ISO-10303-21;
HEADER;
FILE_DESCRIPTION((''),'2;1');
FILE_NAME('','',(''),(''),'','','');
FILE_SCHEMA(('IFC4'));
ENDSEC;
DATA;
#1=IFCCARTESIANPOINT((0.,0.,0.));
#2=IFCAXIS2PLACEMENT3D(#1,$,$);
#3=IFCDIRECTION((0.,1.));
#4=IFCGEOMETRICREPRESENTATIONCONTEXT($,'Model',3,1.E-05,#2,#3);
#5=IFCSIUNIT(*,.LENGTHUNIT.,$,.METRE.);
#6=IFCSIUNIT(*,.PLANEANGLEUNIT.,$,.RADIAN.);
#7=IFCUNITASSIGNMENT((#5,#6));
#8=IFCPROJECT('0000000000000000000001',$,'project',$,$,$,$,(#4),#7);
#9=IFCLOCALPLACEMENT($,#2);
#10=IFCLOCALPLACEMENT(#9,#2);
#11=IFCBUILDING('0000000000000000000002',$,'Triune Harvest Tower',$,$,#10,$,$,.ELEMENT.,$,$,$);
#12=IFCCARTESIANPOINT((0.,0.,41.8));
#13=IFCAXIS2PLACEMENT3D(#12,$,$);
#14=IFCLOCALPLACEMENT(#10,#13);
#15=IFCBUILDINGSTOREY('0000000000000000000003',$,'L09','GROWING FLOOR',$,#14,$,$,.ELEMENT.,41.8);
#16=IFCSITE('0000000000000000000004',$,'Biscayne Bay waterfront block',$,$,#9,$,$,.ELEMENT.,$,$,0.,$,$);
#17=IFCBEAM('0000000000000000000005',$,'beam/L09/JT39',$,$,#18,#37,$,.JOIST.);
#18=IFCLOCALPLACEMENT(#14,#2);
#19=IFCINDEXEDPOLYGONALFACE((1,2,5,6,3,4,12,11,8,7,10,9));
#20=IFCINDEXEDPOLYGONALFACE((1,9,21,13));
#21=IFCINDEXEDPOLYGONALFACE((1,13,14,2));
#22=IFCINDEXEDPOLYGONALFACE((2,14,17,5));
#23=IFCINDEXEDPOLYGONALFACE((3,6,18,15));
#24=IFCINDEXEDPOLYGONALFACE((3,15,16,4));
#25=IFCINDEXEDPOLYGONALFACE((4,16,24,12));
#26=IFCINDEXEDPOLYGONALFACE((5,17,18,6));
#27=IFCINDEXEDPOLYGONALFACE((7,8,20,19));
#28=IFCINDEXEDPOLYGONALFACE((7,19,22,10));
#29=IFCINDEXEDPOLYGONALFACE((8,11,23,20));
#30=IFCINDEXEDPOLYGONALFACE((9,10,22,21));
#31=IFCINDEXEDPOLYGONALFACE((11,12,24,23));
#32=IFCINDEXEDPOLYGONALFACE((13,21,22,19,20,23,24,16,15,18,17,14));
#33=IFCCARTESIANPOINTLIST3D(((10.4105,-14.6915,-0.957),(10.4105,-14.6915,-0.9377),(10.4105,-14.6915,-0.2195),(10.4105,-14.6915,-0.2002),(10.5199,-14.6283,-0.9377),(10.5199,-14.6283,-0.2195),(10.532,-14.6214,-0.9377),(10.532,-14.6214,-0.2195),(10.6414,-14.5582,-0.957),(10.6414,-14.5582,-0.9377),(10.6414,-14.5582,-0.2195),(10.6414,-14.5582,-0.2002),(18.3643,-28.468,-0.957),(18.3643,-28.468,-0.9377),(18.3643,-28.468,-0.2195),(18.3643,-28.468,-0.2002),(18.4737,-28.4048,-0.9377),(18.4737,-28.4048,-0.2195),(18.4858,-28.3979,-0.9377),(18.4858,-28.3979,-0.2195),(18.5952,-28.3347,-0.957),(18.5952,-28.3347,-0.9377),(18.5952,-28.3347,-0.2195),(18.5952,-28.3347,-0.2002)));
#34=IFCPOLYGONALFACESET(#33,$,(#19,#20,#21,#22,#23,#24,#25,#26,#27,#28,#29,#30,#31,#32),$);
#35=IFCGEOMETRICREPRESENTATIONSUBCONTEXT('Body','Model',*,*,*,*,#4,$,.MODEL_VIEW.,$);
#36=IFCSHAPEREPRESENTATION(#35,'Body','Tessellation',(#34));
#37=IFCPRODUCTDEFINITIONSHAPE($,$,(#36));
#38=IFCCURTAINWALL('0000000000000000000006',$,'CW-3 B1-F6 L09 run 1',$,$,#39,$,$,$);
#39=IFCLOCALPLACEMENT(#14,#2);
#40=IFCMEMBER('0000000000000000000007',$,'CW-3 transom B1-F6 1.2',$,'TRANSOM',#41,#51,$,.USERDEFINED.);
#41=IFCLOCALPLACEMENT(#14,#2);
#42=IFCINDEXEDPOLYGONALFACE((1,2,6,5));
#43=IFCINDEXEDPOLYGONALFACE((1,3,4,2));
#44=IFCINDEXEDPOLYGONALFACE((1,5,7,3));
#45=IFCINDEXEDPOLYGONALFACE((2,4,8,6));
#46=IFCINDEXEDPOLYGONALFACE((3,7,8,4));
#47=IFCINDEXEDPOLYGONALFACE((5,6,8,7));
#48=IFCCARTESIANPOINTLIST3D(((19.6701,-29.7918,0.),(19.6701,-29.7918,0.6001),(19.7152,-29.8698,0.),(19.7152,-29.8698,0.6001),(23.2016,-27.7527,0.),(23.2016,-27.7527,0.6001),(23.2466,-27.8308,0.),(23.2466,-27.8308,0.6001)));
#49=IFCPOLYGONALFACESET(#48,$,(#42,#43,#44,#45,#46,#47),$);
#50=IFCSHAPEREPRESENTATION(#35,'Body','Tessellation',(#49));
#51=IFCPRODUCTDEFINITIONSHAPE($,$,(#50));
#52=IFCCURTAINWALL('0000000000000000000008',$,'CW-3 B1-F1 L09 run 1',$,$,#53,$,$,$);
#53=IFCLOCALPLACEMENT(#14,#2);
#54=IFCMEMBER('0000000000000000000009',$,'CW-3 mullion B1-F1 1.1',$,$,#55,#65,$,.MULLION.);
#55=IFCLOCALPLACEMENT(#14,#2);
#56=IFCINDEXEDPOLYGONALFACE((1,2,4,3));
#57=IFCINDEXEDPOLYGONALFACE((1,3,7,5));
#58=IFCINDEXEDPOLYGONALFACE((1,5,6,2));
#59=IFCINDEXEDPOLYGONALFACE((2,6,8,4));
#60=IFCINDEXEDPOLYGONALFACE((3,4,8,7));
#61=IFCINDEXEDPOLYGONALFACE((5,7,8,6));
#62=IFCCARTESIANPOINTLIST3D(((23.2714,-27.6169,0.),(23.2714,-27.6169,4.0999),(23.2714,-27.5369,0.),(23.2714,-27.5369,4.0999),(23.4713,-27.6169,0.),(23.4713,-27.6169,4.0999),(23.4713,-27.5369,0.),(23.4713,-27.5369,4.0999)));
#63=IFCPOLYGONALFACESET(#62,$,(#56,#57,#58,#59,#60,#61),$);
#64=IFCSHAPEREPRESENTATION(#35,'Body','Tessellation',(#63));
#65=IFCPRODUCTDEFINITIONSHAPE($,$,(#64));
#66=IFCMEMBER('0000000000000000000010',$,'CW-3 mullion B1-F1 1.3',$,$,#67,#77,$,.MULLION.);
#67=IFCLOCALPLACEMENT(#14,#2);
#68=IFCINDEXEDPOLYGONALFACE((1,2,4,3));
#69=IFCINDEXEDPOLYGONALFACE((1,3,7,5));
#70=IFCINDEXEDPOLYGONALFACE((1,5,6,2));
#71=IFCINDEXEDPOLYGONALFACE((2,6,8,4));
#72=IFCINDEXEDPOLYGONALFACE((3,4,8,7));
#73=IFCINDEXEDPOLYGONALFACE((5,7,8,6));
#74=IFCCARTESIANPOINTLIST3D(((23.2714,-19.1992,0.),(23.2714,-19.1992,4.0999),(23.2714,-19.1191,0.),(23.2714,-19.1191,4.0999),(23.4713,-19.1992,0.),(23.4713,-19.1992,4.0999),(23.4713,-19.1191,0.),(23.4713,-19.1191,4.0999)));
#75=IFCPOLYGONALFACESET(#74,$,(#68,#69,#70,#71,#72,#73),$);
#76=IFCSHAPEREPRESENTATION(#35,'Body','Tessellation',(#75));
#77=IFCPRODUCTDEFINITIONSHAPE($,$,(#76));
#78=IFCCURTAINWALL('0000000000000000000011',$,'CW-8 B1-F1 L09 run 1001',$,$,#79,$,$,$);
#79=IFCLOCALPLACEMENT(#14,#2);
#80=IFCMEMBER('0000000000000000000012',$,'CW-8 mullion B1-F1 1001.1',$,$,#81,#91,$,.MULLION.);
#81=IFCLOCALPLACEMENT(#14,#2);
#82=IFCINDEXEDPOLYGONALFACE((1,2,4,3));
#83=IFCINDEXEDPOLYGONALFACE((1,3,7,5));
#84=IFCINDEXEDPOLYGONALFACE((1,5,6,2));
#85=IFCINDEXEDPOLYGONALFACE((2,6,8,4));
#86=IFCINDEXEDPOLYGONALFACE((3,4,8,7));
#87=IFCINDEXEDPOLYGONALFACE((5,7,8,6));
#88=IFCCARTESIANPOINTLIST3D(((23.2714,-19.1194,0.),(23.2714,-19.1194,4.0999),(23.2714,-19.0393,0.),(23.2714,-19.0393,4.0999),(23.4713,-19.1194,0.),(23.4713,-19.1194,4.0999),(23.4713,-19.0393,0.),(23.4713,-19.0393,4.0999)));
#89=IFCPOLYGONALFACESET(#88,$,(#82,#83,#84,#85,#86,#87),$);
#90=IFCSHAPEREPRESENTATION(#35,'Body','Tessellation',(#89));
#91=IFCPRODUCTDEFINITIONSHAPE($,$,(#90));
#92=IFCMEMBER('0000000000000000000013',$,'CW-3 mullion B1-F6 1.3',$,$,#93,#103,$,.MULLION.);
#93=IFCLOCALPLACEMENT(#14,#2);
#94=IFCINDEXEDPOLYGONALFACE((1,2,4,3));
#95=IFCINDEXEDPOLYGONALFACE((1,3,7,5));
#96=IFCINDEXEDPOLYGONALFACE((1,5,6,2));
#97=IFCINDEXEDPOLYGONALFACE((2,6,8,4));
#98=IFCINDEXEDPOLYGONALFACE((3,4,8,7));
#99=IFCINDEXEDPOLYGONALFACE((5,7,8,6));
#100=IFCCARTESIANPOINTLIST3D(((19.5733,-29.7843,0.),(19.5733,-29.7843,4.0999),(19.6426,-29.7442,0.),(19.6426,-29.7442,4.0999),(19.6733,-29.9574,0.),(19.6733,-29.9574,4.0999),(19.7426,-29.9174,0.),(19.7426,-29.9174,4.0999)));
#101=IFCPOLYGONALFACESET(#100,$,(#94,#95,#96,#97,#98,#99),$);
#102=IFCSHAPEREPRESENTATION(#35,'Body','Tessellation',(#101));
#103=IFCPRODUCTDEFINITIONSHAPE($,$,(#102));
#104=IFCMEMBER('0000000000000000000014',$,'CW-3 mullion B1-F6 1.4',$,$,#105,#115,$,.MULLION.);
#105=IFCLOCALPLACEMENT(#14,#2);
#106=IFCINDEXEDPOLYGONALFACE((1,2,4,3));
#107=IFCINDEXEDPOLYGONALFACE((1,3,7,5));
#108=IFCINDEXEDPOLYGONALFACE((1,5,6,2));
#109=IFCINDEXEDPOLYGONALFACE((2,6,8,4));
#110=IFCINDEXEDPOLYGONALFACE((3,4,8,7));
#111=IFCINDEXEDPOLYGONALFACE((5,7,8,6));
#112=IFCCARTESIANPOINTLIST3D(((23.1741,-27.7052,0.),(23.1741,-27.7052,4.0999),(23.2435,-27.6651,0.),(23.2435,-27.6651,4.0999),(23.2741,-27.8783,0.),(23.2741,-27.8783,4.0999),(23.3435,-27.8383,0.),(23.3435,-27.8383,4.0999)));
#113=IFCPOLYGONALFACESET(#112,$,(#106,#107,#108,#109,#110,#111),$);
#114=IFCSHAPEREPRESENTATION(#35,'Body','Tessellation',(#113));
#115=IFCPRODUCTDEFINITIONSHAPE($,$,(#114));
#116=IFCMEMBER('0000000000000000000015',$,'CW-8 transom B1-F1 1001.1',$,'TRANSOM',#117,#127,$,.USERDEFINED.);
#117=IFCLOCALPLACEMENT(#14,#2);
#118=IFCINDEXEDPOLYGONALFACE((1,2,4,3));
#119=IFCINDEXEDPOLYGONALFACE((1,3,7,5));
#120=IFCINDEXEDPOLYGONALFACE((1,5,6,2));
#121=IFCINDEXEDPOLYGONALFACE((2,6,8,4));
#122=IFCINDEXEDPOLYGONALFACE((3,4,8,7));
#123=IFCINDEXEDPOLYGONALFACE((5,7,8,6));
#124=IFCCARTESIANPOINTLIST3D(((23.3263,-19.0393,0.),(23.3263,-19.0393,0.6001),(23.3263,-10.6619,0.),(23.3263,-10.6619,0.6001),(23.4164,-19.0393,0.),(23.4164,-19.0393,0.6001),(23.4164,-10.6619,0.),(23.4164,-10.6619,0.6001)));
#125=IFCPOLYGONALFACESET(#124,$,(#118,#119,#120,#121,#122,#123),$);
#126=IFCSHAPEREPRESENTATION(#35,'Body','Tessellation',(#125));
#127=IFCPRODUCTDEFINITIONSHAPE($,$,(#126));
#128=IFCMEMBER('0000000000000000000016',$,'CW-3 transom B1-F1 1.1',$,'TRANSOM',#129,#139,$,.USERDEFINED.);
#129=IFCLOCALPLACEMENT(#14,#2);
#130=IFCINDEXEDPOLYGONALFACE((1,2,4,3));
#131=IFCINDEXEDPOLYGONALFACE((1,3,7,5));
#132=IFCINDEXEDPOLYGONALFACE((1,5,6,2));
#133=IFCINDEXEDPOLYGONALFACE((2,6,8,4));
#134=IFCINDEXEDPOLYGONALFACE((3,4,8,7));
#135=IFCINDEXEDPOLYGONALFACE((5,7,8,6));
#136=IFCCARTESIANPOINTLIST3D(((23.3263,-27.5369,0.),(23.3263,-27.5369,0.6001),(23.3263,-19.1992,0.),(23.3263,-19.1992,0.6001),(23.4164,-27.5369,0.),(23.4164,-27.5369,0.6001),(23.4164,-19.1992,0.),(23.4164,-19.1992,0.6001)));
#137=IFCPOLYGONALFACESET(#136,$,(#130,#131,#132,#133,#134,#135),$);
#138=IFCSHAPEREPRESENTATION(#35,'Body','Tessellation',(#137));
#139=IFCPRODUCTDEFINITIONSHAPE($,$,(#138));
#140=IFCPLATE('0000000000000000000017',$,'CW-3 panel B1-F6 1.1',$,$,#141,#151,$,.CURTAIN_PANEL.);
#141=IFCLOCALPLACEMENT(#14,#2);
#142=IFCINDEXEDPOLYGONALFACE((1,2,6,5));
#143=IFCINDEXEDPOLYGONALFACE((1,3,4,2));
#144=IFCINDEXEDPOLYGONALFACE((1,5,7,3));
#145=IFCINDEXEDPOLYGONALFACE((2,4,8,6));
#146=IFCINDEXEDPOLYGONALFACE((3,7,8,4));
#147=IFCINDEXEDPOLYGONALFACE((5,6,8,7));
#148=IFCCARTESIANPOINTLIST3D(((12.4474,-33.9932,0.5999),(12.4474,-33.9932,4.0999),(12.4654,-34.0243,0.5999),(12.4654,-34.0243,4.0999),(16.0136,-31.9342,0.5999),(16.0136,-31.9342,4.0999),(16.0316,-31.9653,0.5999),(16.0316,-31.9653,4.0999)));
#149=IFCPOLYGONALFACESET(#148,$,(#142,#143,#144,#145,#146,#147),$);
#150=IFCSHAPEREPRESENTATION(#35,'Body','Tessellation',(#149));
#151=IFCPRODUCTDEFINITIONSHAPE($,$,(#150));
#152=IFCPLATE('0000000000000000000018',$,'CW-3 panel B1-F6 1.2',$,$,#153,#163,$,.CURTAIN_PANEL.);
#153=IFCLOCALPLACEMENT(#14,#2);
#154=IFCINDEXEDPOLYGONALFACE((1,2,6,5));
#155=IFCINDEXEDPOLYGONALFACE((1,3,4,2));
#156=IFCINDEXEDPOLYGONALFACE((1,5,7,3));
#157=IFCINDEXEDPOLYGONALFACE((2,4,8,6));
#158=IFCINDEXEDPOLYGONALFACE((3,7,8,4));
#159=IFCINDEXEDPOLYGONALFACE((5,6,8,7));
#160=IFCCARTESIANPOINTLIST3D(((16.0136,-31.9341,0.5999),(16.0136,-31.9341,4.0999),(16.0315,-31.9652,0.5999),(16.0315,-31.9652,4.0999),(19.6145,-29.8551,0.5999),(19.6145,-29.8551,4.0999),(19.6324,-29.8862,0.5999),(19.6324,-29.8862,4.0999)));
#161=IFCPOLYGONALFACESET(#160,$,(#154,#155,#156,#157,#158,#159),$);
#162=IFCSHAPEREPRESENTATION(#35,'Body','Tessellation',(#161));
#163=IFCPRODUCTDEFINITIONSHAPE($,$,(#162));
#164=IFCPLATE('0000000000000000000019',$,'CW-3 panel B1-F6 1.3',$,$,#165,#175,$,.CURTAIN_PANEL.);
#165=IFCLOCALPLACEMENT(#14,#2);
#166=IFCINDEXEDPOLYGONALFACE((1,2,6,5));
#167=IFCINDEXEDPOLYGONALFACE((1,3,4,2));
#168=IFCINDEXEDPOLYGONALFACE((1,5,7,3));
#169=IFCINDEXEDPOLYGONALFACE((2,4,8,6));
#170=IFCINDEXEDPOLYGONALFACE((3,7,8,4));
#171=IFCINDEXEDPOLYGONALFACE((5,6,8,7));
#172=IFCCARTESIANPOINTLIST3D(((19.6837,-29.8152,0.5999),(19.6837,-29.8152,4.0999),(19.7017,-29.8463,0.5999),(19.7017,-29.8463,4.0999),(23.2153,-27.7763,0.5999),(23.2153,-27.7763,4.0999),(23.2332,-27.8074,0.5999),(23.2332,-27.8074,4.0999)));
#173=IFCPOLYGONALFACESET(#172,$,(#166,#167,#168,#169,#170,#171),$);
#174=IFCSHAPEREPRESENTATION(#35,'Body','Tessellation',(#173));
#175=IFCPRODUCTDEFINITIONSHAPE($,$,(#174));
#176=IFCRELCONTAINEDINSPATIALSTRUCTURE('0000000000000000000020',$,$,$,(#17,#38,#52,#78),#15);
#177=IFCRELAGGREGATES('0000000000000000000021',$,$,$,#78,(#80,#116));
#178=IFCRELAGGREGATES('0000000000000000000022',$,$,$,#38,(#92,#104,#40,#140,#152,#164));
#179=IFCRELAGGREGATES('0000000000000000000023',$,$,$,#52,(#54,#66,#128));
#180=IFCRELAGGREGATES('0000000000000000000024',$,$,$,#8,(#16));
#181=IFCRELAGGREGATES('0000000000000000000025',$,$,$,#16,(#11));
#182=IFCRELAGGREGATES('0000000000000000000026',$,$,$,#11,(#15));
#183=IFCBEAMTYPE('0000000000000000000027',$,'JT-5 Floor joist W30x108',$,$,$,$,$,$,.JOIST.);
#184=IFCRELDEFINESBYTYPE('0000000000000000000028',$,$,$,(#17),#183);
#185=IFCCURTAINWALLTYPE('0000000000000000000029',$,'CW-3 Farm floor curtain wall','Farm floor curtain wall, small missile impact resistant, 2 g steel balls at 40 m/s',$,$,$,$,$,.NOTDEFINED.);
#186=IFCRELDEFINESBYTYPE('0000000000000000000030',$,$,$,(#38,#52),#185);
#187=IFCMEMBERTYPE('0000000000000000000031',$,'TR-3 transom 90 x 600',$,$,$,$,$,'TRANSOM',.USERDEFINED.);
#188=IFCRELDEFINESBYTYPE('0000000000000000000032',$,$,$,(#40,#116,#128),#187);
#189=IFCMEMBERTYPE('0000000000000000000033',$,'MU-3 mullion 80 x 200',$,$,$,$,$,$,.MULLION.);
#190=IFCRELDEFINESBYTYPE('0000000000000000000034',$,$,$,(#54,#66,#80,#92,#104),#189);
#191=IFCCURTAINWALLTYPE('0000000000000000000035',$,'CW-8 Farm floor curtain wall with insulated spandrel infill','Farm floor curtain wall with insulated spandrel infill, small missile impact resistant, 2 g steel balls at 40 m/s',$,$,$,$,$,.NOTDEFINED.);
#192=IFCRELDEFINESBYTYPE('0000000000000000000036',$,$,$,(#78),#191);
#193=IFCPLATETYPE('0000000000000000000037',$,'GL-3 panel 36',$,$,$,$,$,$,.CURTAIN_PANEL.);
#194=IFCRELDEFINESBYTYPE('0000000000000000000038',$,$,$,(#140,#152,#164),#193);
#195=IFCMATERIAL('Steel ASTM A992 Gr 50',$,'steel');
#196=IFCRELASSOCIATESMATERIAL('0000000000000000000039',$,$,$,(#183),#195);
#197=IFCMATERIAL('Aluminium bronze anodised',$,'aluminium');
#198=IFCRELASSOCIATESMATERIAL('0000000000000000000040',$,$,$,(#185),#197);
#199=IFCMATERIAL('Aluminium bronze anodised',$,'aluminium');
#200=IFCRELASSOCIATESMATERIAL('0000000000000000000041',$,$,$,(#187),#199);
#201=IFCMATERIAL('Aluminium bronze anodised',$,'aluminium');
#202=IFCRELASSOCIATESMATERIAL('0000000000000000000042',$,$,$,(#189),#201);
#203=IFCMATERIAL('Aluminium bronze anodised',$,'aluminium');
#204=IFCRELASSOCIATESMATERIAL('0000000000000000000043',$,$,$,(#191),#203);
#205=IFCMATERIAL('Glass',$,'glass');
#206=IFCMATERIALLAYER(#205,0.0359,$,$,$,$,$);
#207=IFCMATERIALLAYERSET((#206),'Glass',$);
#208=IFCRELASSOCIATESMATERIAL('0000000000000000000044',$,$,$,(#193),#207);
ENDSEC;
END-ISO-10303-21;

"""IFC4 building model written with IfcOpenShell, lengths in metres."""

from ifc_helpers import new_model, si_unit, direction, frame, origin, origin_2d, place, context, subcontext, project, spatial, rectangle, i_section, extrude, source, transform, mapped, material, layer, layer_set, material_profile, profile_set, type_object, element, aggregate, save


model = new_model("IFC4")

# Units and contexts
model_context = context("Model", 3, precision=1e-05, world=origin(), true_north=direction((0.0, 1.0)))
body_context = subcontext(model_context, "Body", "Model", "MODEL_VIEW")
ifc_project = project(units=[si_unit("LENGTHUNIT", "METRE"), si_unit("PLANEANGLEUNIT", "RADIAN")], contexts=[model_context])

# Site, building, storey
site_placement = place(None, origin())
site = spatial("IfcSite", under=ifc_project, at=site_placement, Name="Biscayne Bay waterfront block", CompositionType="ELEMENT", RefElevation=0.0)
building_placement = place(site_placement, origin())
building = spatial("IfcBuilding", under=site, at=building_placement, Name="Triune Harvest Tower", CompositionType="ELEMENT")
storey_placement = place(building_placement, frame((0.0, 0.0, 41.8)))
storey = spatial("IfcBuildingStorey", under=building, at=storey_placement, Name="L09", Description="GROWING FLOOR", CompositionType="ELEMENT", Elevation=41.8)

# Beam
ifc_material_1 = material(Name="Steel ASTM A992 Gr 50", Category="steel")
ifc_material_profile_1 = material_profile(ifc_material_1, i_section(OverallWidth=0.2666, OverallDepth=0.7568, WebThickness=0.0139, FlangeThickness=0.0193, at=origin_2d()), Name="W30x108")
ifc_profile_set_1 = profile_set([ifc_material_profile_1], Name="Steel ASTM A992 Gr 50")
beam_type_1 = type_object("IfcBeamType", Name="JT-5 Floor joist W30x108", PredefinedType="JOIST", material=ifc_profile_set_1)
shared_shape_1 = source(origin(), body_context, "Body", "SweptSolid", [
    extrude(i_section(OverallWidth=0.2666, OverallDepth=0.7568, WebThickness=0.0139, FlangeThickness=0.0193, at=origin_2d()), origin(), (0.0, 0.0, 1.0), 15.9077),
])
beam_1_placement = place(storey_placement, frame((18.4797, -28.4014, -0.5786), z_axis=(-0.499997, 0.866027, 0.0), x_axis=(-0.866027, -0.499997, 0.0)))
element("IfcBeam", 1, at=beam_1_placement, inside=storey, type_object=beam_type_1, Name="beam/L09/JT39", PredefinedType="JOIST", context=body_context, shape_type="MappedRepresentation", body=[
    mapped(shared_shape_1, transform((0.0, 0.0, 0.0), scale=1.0)),
])

# Curtain wall, member
ifc_material_2 = material(Name="Aluminium bronze anodised", Category="aluminium")
curtain_wall_type_1 = type_object("IfcCurtainWallType", Name="CW-3 Farm floor curtain wall", Description="Farm floor curtain wall, small missile impact resistant, 2 g steel balls at 40 m/s", PredefinedType="NOTDEFINED", material=ifc_material_2)
curtain_wall_1_placement = place(storey_placement, origin())
curtain_wall_1 = element("IfcCurtainWall", 2, at=curtain_wall_1_placement, inside=storey, type_object=curtain_wall_type_1, Name="CW-3 B1-F6 L09 run 1")
ifc_material_3 = material(Name="Aluminium bronze anodised", Category="aluminium")
ifc_material_profile_2 = material_profile(ifc_material_3, rectangle(XDim=0.0901, YDim=0.6001, at=origin_2d()), Name="TR-3 transom 90 x 600")
ifc_profile_set_2 = profile_set([ifc_material_profile_2], Name="Aluminium bronze anodised")
member_type_1 = type_object("IfcMemberType", Name="TR-3 transom 90 x 600", ElementType="TRANSOM", PredefinedType="USERDEFINED", material=ifc_profile_set_2)
shared_shape_2 = source(origin(), body_context, "Body", "SweptSolid", [
    extrude(rectangle(XDim=0.0901, YDim=0.6001, at=origin_2d()), origin(), (0.0, 0.0, 1.0), 4.0779),
])
member_1_placement = place(storey_placement, frame((19.6926, -29.8308, 0.3), z_axis=(0.866009, 0.500028, 0.0), x_axis=(-0.500028, 0.866009, 0.0)))
member_1 = element("IfcMember", 3, at=member_1_placement, type_object=member_type_1, Name="CW-3 transom B1-F6 1.2", ObjectType="TRANSOM", PredefinedType="USERDEFINED", context=body_context, shape_type="MappedRepresentation", body=[
    mapped(shared_shape_2, transform((0.0, 0.0, 0.0), scale=1.0)),
])

# Curtain wall, members
curtain_wall_2_placement = place(storey_placement, origin())
curtain_wall_2 = element("IfcCurtainWall", 4, at=curtain_wall_2_placement, inside=storey, type_object=curtain_wall_type_1, Name="CW-3 B1-F1 L09 run 1")
ifc_material_4 = material(Name="Aluminium bronze anodised", Category="aluminium")
ifc_material_profile_3 = material_profile(ifc_material_4, rectangle(XDim=0.2, YDim=0.0801, at=origin_2d()), Name="MU-3 mullion 80 x 200")
ifc_profile_set_3 = profile_set([ifc_material_profile_3], Name="Aluminium bronze anodised")
member_type_2 = type_object("IfcMemberType", Name="MU-3 mullion 80 x 200", PredefinedType="MULLION", material=ifc_profile_set_3)
shared_shape_3 = source(origin(), body_context, "Body", "SweptSolid", [
    extrude(rectangle(XDim=0.2, YDim=0.0801, at=origin_2d()), origin(), (0.0, 0.0, 1.0), 4.0999),
])
member_2_placement = place(storey_placement, frame((23.3713, -27.5769, 0.0), z_axis=(0.0, 0.0, 1.0), x_axis=(-1.0, 0.0, 0.0)))
member_2 = element("IfcMember", 5, at=member_2_placement, type_object=member_type_2, Name="CW-3 mullion B1-F1 1.1", PredefinedType="MULLION", context=body_context, shape_type="MappedRepresentation", body=[
    mapped(shared_shape_3, transform((0.0, 0.0, 0.0), scale=1.0)),
])
member_3_placement = place(storey_placement, frame((23.3713, -19.1592, 0.0), z_axis=(0.0, 0.0, 1.0), x_axis=(-1.0, 0.0, 0.0)))
member_3 = element("IfcMember", 6, at=member_3_placement, type_object=member_type_2, Name="CW-3 mullion B1-F1 1.3", PredefinedType="MULLION", context=body_context, shape_type="MappedRepresentation", body=[
    mapped(shared_shape_3, transform((0.0, 0.0, 0.0), scale=1.0)),
])

# Curtain wall, member
ifc_material_5 = material(Name="Aluminium bronze anodised", Category="aluminium")
curtain_wall_type_2 = type_object("IfcCurtainWallType", Name="CW-8 Farm floor curtain wall with insulated spandrel infill", Description="Farm floor curtain wall with insulated spandrel infill, small missile impact resistant, 2 g steel balls at 40 m/s", PredefinedType="NOTDEFINED", material=ifc_material_5)
curtain_wall_3_placement = place(storey_placement, origin())
curtain_wall_3 = element("IfcCurtainWall", 7, at=curtain_wall_3_placement, inside=storey, type_object=curtain_wall_type_2, Name="CW-8 B1-F1 L09 run 1001")
member_4_placement = place(storey_placement, frame((23.3713, -19.0793, 0.0), z_axis=(0.0, 0.0, 1.0), x_axis=(-1.0, 0.0, 0.0)))
member_4 = element("IfcMember", 8, at=member_4_placement, type_object=member_type_2, Name="CW-8 mullion B1-F1 1001.1", PredefinedType="MULLION", context=body_context, shape_type="MappedRepresentation", body=[
    mapped(shared_shape_3, transform((0.0, 0.0, 0.0), scale=1.0)),
])

# Members
member_5_placement = place(storey_placement, frame((19.658, -29.8508, 0.0), z_axis=(0.0, 0.0, 1.0), x_axis=(-0.499999, 0.866026, 0.0)))
member_5 = element("IfcMember", 9, at=member_5_placement, type_object=member_type_2, Name="CW-3 mullion B1-F6 1.3", PredefinedType="MULLION", context=body_context, shape_type="MappedRepresentation", body=[
    mapped(shared_shape_3, transform((0.0, 0.0, 0.0), scale=1.0)),
])
member_6_placement = place(storey_placement, frame((23.2588, -27.7717, 0.0), z_axis=(0.0, 0.0, 1.0), x_axis=(-0.499999, 0.866026, 0.0)))
member_6 = element("IfcMember", 10, at=member_6_placement, type_object=member_type_2, Name="CW-3 mullion B1-F6 1.4", PredefinedType="MULLION", context=body_context, shape_type="MappedRepresentation", body=[
    mapped(shared_shape_3, transform((0.0, 0.0, 0.0), scale=1.0)),
])
shared_shape_4 = source(origin(), body_context, "Body", "SweptSolid", [
    extrude(rectangle(XDim=0.0901, YDim=0.6001, at=origin_2d()), origin(), (0.0, 0.0, 1.0), 8.3774),
])
member_7_placement = place(storey_placement, frame((23.3713, -19.0393, 0.3), z_axis=(0.0, 1.0, 0.0), x_axis=(-1.0, 0.0, 0.0)))
member_7 = element("IfcMember", 11, at=member_7_placement, type_object=member_type_1, Name="CW-8 transom B1-F1 1001.1", ObjectType="TRANSOM", PredefinedType="USERDEFINED", context=body_context, shape_type="MappedRepresentation", body=[
    mapped(shared_shape_4, transform((0.0, 0.0, 0.0), scale=1.0)),
])
aggregate(curtain_wall_3, [member_4, member_7])
shared_shape_5 = source(origin(), body_context, "Body", "SweptSolid", [
    extrude(rectangle(XDim=0.0901, YDim=0.6001, at=origin_2d()), origin(), (0.0, 0.0, 1.0), 8.3376),
])
member_8_placement = place(storey_placement, frame((23.3713, -27.5369, 0.3), z_axis=(0.0, 1.0, 0.0), x_axis=(-1.0, 0.0, 0.0)))
member_8 = element("IfcMember", 12, at=member_8_placement, type_object=member_type_1, Name="CW-3 transom B1-F1 1.1", ObjectType="TRANSOM", PredefinedType="USERDEFINED", context=body_context, shape_type="MappedRepresentation", body=[
    mapped(shared_shape_5, transform((0.0, 0.0, 0.0), scale=1.0)),
])

# Plates
ifc_material_6 = material(Name="Glass", Category="glass")
ifc_layer_1 = layer(ifc_material_6, 0.0359)
ifc_layer_set_1 = layer_set([ifc_layer_1], Name="Glass")
plate_type = type_object("IfcPlateType", Name="GL-3 panel 36", PredefinedType="CURTAIN_PANEL", material=ifc_layer_set_1)
shared_shape_6 = source(origin(), body_context, "Body", "SweptSolid", [
    extrude(rectangle(XDim=4.1179, YDim=0.0359, at=origin_2d()), origin(), (0.0, 0.0, 1.0), 3.5),
])
plate_1_placement = place(storey_placement, frame((14.2395, -32.9792, 0.5999), z_axis=(0.0, 0.0, 1.0), x_axis=(0.866026, 0.499999, 0.0)))
plate_1 = element("IfcPlate", 13, at=plate_1_placement, type_object=plate_type, Name="CW-3 panel B1-F6 1.1", PredefinedType="CURTAIN_PANEL", context=body_context, shape_type="MappedRepresentation", body=[
    mapped(shared_shape_6, transform((0.0, 0.0, 0.0), scale=1.0)),
])
shared_shape_7 = source(origin(), body_context, "Body", "SweptSolid", [
    extrude(rectangle(XDim=4.158, YDim=0.0359, at=origin_2d()), origin(), (0.0, 0.0, 1.0), 3.5),
])
plate_2_placement = place(storey_placement, frame((17.823, -30.9102, 0.5999), z_axis=(0.0, 0.0, 1.0), x_axis=(0.866026, 0.499999, 0.0)))
plate_2 = element("IfcPlate", 14, at=plate_2_placement, type_object=plate_type, Name="CW-3 panel B1-F6 1.2", PredefinedType="CURTAIN_PANEL", context=body_context, shape_type="MappedRepresentation", body=[
    mapped(shared_shape_7, transform((0.0, 0.0, 0.0), scale=1.0)),
])
shared_shape_8 = source(origin(), body_context, "Body", "SweptSolid", [
    extrude(rectangle(XDim=4.0779, YDim=0.0359, at=origin_2d()), origin(), (0.0, 0.0, 1.0), 3.5),
])
plate_3_placement = place(storey_placement, frame((21.4585, -28.8113, 0.5999), z_axis=(0.0, 0.0, 1.0), x_axis=(0.866026, 0.499999, 0.0)))
plate_3 = element("IfcPlate", 15, at=plate_3_placement, type_object=plate_type, Name="CW-3 panel B1-F6 1.3", PredefinedType="CURTAIN_PANEL", context=body_context, shape_type="MappedRepresentation", body=[
    mapped(shared_shape_8, transform((0.0, 0.0, 0.0), scale=1.0)),
])
aggregate(curtain_wall_1, [member_5, member_6, member_1, plate_1, plate_2, plate_3])
aggregate(curtain_wall_2, [member_2, member_3, member_8])

save(model, "model.ifc")
